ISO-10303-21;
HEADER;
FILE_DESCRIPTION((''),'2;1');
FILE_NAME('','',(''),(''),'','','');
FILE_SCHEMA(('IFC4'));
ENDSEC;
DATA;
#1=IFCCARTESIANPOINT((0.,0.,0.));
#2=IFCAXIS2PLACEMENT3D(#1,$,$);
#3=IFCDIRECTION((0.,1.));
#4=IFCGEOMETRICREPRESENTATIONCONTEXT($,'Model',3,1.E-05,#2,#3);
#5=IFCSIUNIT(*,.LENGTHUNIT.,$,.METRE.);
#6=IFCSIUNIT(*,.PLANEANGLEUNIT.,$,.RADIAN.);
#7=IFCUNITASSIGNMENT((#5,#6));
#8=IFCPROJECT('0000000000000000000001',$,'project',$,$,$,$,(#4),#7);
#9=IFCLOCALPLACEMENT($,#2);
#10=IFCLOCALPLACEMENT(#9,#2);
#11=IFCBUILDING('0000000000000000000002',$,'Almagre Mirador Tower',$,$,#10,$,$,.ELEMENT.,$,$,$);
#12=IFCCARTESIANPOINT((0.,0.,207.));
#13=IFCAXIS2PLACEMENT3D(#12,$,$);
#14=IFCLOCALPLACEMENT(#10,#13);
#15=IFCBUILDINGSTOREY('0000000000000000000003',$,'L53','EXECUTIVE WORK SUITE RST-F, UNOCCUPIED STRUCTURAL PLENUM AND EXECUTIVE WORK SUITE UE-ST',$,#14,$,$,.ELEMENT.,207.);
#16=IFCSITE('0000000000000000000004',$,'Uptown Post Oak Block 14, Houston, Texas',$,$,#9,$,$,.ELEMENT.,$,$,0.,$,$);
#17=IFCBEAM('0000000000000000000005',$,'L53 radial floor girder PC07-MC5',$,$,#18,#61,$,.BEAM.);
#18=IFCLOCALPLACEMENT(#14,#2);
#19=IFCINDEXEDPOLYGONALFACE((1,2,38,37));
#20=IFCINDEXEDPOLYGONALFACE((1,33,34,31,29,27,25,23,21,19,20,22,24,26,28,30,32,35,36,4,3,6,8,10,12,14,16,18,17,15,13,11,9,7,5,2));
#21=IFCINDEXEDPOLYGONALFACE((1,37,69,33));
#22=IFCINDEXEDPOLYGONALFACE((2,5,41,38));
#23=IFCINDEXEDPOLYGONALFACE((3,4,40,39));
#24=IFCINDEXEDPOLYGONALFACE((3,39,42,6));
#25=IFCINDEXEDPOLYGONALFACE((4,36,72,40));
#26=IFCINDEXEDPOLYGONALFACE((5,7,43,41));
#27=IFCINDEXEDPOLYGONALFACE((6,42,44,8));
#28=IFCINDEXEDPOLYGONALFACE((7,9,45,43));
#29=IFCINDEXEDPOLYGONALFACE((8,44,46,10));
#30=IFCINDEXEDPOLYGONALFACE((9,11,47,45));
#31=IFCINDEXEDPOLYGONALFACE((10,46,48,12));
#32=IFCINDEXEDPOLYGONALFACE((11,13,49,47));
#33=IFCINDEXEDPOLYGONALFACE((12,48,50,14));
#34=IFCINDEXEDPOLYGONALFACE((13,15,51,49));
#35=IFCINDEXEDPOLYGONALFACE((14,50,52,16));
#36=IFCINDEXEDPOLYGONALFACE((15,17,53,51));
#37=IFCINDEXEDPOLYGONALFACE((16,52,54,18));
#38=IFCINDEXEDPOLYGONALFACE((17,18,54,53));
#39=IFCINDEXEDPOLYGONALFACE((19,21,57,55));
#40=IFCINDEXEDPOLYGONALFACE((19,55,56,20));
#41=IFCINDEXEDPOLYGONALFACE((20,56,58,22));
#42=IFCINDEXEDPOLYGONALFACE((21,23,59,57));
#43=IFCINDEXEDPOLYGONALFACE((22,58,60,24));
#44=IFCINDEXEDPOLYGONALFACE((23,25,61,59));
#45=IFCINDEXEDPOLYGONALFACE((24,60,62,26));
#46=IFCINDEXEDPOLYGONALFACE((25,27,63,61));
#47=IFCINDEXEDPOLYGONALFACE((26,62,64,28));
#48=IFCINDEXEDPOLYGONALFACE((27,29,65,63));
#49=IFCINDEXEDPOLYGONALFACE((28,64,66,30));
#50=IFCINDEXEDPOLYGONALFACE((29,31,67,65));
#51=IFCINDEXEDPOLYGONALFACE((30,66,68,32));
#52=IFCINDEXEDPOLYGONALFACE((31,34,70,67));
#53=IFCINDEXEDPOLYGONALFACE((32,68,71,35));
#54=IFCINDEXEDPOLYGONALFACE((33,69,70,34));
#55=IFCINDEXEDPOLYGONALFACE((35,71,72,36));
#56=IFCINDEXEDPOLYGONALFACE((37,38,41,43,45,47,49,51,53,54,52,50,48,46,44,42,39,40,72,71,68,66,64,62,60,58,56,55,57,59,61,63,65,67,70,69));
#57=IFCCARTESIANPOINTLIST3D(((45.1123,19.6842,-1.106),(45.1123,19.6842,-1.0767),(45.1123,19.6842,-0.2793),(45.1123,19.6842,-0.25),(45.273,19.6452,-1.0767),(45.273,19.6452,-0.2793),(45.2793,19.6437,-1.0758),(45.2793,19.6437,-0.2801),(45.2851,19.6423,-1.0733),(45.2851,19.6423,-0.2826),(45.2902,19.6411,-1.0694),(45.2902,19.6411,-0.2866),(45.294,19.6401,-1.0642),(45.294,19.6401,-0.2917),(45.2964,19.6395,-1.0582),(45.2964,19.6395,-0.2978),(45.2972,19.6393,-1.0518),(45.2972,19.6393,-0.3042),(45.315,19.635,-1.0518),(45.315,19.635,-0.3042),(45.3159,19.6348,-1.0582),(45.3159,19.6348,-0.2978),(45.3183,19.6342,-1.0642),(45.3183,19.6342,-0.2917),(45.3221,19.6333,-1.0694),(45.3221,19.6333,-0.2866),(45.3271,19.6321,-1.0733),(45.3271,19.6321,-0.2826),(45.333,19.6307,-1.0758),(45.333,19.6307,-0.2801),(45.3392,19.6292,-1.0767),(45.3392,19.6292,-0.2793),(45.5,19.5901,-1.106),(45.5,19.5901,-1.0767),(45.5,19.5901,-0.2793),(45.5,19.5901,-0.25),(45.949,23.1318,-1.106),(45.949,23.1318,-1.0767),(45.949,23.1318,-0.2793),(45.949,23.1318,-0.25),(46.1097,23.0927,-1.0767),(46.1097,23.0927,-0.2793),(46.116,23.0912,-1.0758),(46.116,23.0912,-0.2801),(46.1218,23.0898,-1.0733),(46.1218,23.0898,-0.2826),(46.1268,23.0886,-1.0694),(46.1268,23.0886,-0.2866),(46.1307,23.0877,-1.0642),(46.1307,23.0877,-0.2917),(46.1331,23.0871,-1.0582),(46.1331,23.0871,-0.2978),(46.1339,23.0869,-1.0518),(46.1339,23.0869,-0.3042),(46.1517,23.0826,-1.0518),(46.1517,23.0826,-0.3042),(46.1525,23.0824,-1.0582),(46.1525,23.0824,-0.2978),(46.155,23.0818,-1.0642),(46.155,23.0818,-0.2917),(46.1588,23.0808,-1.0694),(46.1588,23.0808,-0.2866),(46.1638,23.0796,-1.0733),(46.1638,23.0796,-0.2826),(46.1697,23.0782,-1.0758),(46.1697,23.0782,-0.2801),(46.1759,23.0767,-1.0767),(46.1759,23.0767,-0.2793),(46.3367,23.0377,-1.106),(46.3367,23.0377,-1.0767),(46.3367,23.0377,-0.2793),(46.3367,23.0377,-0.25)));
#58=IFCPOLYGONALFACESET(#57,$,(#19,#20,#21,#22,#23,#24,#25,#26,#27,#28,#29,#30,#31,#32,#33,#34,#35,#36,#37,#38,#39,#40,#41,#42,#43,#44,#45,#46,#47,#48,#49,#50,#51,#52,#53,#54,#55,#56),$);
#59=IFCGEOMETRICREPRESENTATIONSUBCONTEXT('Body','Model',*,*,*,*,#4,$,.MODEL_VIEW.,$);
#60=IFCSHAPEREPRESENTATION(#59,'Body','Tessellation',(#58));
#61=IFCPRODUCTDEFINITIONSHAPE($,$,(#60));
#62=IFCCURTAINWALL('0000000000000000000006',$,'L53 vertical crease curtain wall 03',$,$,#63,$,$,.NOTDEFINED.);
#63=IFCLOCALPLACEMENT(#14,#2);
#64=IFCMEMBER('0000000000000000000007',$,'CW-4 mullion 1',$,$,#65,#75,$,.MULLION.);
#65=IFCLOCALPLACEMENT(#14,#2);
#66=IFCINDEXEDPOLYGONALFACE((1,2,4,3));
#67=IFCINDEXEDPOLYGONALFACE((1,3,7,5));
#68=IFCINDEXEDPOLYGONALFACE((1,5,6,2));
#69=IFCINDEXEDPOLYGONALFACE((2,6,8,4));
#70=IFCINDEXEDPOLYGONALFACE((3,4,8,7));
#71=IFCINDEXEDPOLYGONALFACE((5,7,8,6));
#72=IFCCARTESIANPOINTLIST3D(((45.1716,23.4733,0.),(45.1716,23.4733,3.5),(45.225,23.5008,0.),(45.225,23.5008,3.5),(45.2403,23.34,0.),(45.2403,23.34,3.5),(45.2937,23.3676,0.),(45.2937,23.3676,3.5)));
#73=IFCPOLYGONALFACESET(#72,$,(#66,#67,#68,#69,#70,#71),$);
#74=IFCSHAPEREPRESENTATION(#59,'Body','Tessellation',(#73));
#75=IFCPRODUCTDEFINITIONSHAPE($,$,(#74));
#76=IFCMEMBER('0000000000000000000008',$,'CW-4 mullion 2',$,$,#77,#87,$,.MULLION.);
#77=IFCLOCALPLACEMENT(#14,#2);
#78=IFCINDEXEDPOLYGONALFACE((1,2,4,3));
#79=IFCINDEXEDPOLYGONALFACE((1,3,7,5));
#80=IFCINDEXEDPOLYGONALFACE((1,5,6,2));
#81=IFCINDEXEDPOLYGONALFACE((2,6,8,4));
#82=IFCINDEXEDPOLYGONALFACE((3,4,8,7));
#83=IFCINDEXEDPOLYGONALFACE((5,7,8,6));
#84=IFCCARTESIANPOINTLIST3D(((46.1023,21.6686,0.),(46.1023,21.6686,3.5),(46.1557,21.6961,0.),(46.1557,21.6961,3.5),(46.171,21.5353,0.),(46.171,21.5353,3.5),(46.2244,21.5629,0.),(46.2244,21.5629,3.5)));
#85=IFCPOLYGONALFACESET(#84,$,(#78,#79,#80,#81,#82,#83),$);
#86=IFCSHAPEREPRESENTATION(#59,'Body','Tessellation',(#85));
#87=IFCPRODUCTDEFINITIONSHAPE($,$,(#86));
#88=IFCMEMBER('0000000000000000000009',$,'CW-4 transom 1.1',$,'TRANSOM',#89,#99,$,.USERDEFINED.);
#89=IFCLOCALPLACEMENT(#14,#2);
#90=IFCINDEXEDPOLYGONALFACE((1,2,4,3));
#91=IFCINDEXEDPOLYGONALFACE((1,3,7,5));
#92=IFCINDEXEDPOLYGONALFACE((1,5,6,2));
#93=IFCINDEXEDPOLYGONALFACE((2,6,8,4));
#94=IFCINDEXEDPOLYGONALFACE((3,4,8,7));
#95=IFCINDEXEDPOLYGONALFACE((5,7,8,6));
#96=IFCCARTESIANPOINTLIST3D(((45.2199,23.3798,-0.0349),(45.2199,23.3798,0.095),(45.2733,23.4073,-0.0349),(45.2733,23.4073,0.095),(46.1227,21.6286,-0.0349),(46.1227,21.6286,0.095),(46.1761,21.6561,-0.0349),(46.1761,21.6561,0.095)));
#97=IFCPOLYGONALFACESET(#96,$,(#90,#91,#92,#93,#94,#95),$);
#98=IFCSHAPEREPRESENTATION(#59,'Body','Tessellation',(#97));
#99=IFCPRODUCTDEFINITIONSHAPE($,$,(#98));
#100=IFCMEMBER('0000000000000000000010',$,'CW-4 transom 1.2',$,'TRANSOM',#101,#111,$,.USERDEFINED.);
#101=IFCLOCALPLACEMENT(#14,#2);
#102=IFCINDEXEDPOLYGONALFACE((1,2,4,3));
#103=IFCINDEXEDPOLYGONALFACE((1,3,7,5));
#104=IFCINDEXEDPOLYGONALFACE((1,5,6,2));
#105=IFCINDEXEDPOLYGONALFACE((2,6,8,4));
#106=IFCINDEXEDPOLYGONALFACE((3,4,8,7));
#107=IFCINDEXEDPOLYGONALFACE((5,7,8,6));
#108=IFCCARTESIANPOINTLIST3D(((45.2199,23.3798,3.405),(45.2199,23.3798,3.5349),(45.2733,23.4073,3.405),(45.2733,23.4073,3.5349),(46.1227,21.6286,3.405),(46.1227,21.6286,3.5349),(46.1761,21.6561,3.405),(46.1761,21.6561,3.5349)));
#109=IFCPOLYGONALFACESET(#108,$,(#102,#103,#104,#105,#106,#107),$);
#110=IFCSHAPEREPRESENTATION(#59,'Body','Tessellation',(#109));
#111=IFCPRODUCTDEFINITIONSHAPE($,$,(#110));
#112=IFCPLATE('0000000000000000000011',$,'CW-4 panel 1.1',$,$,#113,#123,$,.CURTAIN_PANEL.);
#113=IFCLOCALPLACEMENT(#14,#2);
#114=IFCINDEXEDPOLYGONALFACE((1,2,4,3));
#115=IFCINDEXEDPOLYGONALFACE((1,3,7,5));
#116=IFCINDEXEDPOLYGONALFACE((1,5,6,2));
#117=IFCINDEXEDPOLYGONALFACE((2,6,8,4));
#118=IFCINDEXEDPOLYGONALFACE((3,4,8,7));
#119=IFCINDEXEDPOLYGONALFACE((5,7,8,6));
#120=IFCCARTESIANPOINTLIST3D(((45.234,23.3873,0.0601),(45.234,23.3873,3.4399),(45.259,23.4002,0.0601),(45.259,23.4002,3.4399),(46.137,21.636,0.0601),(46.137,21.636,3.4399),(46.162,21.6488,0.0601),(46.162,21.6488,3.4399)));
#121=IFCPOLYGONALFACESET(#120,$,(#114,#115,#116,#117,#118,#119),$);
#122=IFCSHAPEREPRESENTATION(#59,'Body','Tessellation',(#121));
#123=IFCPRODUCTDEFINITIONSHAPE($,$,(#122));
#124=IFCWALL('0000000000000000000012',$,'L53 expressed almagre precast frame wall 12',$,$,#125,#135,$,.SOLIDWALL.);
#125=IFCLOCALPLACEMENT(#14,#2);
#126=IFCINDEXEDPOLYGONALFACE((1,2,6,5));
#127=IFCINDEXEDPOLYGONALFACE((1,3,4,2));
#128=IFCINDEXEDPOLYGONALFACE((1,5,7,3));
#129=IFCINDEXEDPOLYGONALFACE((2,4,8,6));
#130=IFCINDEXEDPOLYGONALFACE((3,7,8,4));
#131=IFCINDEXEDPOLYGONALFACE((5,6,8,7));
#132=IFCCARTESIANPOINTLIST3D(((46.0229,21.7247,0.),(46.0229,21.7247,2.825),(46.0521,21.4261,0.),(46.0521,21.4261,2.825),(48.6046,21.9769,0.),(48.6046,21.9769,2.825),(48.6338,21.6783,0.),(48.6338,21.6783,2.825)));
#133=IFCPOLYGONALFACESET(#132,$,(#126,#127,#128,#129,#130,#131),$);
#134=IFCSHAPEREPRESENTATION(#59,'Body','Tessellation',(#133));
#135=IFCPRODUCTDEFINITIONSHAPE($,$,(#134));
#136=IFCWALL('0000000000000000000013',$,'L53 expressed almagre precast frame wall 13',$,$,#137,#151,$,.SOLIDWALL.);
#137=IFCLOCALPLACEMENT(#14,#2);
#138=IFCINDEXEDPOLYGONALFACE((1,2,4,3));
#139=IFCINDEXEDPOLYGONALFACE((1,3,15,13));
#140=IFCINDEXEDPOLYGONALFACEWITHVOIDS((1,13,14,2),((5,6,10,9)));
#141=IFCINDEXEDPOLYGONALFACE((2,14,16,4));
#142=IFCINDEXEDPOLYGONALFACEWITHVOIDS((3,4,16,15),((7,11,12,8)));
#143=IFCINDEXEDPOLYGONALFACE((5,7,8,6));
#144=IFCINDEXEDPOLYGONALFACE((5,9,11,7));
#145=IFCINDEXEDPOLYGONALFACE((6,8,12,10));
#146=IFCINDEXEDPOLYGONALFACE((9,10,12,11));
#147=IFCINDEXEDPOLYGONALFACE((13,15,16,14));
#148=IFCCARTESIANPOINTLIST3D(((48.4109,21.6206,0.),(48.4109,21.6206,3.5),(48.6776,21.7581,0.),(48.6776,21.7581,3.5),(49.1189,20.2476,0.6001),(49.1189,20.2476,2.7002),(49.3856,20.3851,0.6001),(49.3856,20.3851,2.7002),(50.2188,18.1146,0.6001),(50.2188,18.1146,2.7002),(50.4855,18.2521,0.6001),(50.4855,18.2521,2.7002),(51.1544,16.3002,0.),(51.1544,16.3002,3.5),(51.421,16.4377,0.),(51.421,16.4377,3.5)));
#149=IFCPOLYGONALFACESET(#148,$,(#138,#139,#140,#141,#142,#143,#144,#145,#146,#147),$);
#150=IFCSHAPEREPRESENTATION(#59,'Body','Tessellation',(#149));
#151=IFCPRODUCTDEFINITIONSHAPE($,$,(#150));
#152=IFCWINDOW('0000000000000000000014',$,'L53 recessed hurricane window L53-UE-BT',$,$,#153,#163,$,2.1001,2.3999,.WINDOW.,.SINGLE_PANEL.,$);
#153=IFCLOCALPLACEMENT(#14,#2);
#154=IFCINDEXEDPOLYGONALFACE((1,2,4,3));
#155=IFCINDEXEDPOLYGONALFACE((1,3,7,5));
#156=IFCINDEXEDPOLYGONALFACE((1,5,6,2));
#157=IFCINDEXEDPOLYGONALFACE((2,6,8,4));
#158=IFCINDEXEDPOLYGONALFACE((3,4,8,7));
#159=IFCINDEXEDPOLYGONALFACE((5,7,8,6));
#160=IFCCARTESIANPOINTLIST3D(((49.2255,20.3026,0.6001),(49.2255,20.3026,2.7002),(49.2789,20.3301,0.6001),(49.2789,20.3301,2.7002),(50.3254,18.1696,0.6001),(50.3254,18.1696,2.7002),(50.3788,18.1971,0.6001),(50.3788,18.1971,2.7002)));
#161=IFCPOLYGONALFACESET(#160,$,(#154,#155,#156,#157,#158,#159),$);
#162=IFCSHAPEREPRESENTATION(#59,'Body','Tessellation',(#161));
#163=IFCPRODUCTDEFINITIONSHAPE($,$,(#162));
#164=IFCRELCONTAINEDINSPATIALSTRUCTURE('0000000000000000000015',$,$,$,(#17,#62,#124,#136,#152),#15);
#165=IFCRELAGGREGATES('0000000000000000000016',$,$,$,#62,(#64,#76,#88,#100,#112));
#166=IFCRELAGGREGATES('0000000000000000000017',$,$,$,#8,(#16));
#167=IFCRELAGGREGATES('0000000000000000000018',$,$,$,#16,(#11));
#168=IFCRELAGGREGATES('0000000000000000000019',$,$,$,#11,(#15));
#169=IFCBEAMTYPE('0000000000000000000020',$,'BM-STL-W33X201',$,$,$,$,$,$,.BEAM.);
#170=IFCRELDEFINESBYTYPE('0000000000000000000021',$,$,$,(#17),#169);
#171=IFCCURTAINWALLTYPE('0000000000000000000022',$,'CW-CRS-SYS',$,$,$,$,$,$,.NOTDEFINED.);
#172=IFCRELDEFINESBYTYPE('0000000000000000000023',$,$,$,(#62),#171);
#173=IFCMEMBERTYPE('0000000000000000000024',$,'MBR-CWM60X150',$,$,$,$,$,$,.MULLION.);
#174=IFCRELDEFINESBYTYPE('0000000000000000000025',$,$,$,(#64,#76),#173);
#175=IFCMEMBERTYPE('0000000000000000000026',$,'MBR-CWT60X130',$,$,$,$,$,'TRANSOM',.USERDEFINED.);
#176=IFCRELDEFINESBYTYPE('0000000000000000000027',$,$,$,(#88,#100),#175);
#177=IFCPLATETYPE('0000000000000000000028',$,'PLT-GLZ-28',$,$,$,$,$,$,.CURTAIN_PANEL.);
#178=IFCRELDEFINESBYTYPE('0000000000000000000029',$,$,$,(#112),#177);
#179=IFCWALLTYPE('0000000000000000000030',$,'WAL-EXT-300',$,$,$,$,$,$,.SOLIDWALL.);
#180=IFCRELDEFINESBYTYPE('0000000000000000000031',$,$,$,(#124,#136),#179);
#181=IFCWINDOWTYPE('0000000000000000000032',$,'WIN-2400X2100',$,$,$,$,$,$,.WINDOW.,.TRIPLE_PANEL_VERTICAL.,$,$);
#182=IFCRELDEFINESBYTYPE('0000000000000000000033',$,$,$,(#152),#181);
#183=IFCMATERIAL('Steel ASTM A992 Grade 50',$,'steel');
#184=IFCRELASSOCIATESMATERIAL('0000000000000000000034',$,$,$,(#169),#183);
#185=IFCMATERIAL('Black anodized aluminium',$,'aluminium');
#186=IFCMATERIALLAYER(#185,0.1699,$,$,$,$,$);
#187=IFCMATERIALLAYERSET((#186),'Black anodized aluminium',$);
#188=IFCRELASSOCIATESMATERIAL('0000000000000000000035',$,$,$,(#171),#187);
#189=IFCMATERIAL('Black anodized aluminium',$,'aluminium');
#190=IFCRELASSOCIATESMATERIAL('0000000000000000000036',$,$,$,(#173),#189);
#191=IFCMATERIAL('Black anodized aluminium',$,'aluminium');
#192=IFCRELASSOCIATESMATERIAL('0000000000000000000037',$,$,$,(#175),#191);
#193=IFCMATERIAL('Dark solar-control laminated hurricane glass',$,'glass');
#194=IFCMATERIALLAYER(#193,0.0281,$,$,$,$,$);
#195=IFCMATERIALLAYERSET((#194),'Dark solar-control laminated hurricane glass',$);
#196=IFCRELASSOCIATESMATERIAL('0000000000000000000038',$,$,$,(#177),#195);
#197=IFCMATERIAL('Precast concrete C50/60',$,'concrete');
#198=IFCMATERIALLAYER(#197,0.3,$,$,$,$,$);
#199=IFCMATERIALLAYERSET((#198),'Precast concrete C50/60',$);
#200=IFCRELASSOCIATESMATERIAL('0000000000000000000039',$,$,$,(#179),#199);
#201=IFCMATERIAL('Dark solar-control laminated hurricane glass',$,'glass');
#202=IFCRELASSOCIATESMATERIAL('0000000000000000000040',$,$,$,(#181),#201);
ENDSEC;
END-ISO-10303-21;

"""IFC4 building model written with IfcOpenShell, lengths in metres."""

from ifc_helpers import new_model, si_unit, direction, frame, frame_2d, origin, origin_2d, place, context, subcontext, project, spatial, rectangle, i_section, extrude, material, layer, layer_set, material_profile, profile_set, type_object, element, fill, aggregate, save


model = new_model("IFC4")

# Units and contexts
model_context = context("Model", 3, precision=1e-05, world=origin(), true_north=direction((0.0, 1.0)))
body_context = subcontext(model_context, "Body", "Model", "MODEL_VIEW")
ifc_project = project(units=[si_unit("LENGTHUNIT", "METRE"), si_unit("PLANEANGLEUNIT", "RADIAN")], contexts=[model_context])

# Site, building, storey
site_placement = place(None, origin())
site = spatial("IfcSite", under=ifc_project, at=site_placement, Name="Uptown Post Oak Block 14, Houston, Texas", CompositionType="ELEMENT", RefElevation=0.0)
building_placement = place(site_placement, origin())
building = spatial("IfcBuilding", under=site, at=building_placement, Name="Almagre Mirador Tower", CompositionType="ELEMENT")
storey_placement = place(building_placement, frame((0.0, 0.0, 207.0)))
storey = spatial("IfcBuildingStorey", under=building, at=storey_placement, Name="L53", Description="EXECUTIVE WORK SUITE RST-F, UNOCCUPIED STRUCTURAL PLENUM AND EXECUTIVE WORK SUITE UE-ST", CompositionType="ELEMENT", Elevation=207.0)

# Beam
ifc_material_1 = material(Name="Steel ASTM A992 Grade 50", Category="steel")
ifc_material_profile_1 = material_profile(ifc_material_1, i_section(OverallWidth=0.3989, OverallDepth=0.856, WebThickness=0.0183, FlangeThickness=0.0293, FilletRadius=0.0249, at=origin_2d()), Name="W33X201")
ifc_profile_set_1 = profile_set([ifc_material_profile_1], Name="Steel ASTM A992 Grade 50")
beam_type_1 = type_object("IfcBeamType", Name="BM-STL-W33X201", PredefinedType="BEAM", material=ifc_profile_set_1)
beam_1_placement = place(storey_placement, frame((46.1428, 23.0847, -0.678), z_axis=(-0.235842, -0.971791, 0.0), x_axis=(0.971791, -0.235842, 0.0)))
element("IfcBeam", 1, at=beam_1_placement, inside=storey, type_object=beam_type_1, Name="L53 radial floor girder PC07-MC5", PredefinedType="BEAM", context=body_context, shape_type="SweptSolid", body=[
    extrude(i_section(OverallWidth=0.3989, OverallDepth=0.856, WebThickness=0.0183, FlangeThickness=0.0293, FilletRadius=0.0249, at=origin_2d()), origin(), (0.0, 0.0, 1.0), 3.5476),
])

# Curtain wall, members, plate
ifc_material_2 = material(Name="Black anodized aluminium", Category="aluminium")
ifc_layer_1 = layer(ifc_material_2, 0.1699)
ifc_layer_set_1 = layer_set([ifc_layer_1], Name="Black anodized aluminium")
curtain_wall_type = type_object("IfcCurtainWallType", Name="CW-CRS-SYS", PredefinedType="NOTDEFINED", material=ifc_layer_set_1)
curtain_wall_placement = place(storey_placement, origin())
curtain_wall = element("IfcCurtainWall", 2, at=curtain_wall_placement, inside=storey, type_object=curtain_wall_type, Name="L53 vertical crease curtain wall 03", PredefinedType="NOTDEFINED")
ifc_material_3 = material(Name="Black anodized aluminium", Category="aluminium")
ifc_material_profile_2 = material_profile(ifc_material_3, rectangle(XDim=0.0601, YDim=0.1499, at=origin_2d()), Name="CWM60X150")
ifc_profile_set_2 = profile_set([ifc_material_profile_2], Name="Black anodized aluminium")
member_type_1 = type_object("IfcMemberType", Name="MBR-CWM60X150", PredefinedType="MULLION", material=ifc_profile_set_2)
member_1_placement = place(storey_placement, frame((45.2327, 23.4204, 0.0), z_axis=(0.0, 0.0, 1.0), x_axis=(0.888809, 0.458277, 0.0)))
member_1 = element("IfcMember", 3, at=member_1_placement, type_object=member_type_1, Name="CW-4 mullion 1", PredefinedType="MULLION", context=body_context, shape_type="SweptSolid", body=[
    extrude(rectangle(XDim=0.0601, YDim=0.1499, at=origin_2d()), origin(), (0.0, 0.0, 1.0), 3.5),
])
member_2_placement = place(storey_placement, frame((46.1633, 21.6157, 0.0), z_axis=(0.0, 0.0, 1.0), x_axis=(0.888809, 0.458277, 0.0)))
member_2 = element("IfcMember", 4, at=member_2_placement, type_object=member_type_1, Name="CW-4 mullion 2", PredefinedType="MULLION", context=body_context, shape_type="SweptSolid", body=[
    extrude(rectangle(XDim=0.0601, YDim=0.1499, at=origin_2d()), origin(), (0.0, 0.0, 1.0), 3.5),
])
ifc_material_4 = material(Name="Black anodized aluminium", Category="aluminium")
ifc_material_profile_3 = material_profile(ifc_material_4, rectangle(XDim=0.0601, YDim=0.1299, at=origin_2d()), Name="CWT60X130")
ifc_profile_set_3 = profile_set([ifc_material_profile_3], Name="Black anodized aluminium")
member_type_2 = type_object("IfcMemberType", Name="MBR-CWT60X130", ElementType="TRANSOM", PredefinedType="USERDEFINED", material=ifc_profile_set_3)
member_3_placement = place(storey_placement, frame((45.2466, 23.3936, 0.03), z_axis=(0.458233, -0.888832, 0.0), x_axis=(0.888832, 0.458233, 0.0)))
member_3 = element("IfcMember", 5, at=member_3_placement, type_object=member_type_2, Name="CW-4 transom 1.1", ObjectType="TRANSOM", PredefinedType="USERDEFINED", context=body_context, shape_type="SweptSolid", body=[
    extrude(rectangle(XDim=0.0601, YDim=0.1299, at=origin_2d()), origin(), (0.0, 0.0, 1.0), 1.9702),
])
member_4_placement = place(storey_placement, frame((45.2466, 23.3936, 3.47), z_axis=(0.458233, -0.888832, 0.0), x_axis=(0.888832, 0.458233, 0.0)))
member_4 = element("IfcMember", 6, at=member_4_placement, type_object=member_type_2, Name="CW-4 transom 1.2", ObjectType="TRANSOM", PredefinedType="USERDEFINED", context=body_context, shape_type="SweptSolid", body=[
    extrude(rectangle(XDim=0.0601, YDim=0.1299, at=origin_2d()), origin(), (0.0, 0.0, 1.0), 1.9702),
])
ifc_material_5 = material(Name="Dark solar-control laminated hurricane glass", Category="glass")
ifc_layer_2 = layer(ifc_material_5, 0.0281)
ifc_layer_set_2 = layer_set([ifc_layer_2], Name="Dark solar-control laminated hurricane glass")
plate_type = type_object("IfcPlateType", Name="PLT-GLZ-28", PredefinedType="CURTAIN_PANEL", material=ifc_layer_set_2)
plate_placement = place(storey_placement, frame((45.698, 22.5181, 0.0601), z_axis=(0.0, 0.0, 1.0), x_axis=(0.458277, -0.888809, 0.0)))
plate = element("IfcPlate", 7, at=plate_placement, type_object=plate_type, Name="CW-4 panel 1.1", PredefinedType="CURTAIN_PANEL", context=body_context, shape_type="SweptSolid", body=[
    extrude(rectangle(XDim=1.9705, YDim=0.0281, at=origin_2d()), origin(), (0.0, 0.0, 1.0), 3.3799),
])
aggregate(curtain_wall, [member_1, member_2, member_3, member_4, plate])

# Wall
ifc_material_6 = material(Name="Precast concrete C50/60", Category="concrete")
ifc_layer_3 = layer(ifc_material_6, 0.3)
ifc_layer_set_3 = layer_set([ifc_layer_3], Name="Precast concrete C50/60")
wall_type_1 = type_object("IfcWallType", Name="WAL-EXT-300", PredefinedType="SOLIDWALL", material=ifc_layer_set_3)
wall_1_placement = place(storey_placement, frame((46.0376, 21.5754, 0.0), z_axis=(0.0, 0.0, 1.0), x_axis=(0.995263, 0.09722, 0.0)))
element("IfcWall", 8, at=wall_1_placement, inside=storey, type_object=wall_type_1, Name="L53 expressed almagre precast frame wall 12", PredefinedType="SOLIDWALL", context=body_context, shape_type="SweptSolid", body=[
    extrude(rectangle(XDim=2.594, YDim=0.3, at=frame_2d((1.2969, 0.0))), origin(), (0.0, 0.0, 1.0), 2.825),
])

# Wall, opening, window
wall_2_placement = place(storey_placement, frame((48.5442, 21.6895, 0.0), z_axis=(0.0, 0.0, 1.0), x_axis=(0.458305, -0.888795, 0.0)))
wall_2 = element("IfcWall", 9, at=wall_2_placement, inside=storey, type_object=wall_type_1, Name="L53 expressed almagre precast frame wall 13", PredefinedType="SOLIDWALL", context=body_context, shape_type="SweptSolid", body=[
    extrude(rectangle(XDim=5.9861, YDim=0.3, at=frame_2d((2.9932, 0.0))), origin(), (0.0, 0.0, 1.0), 3.5),
])
opening_1_placement = place(wall_2_placement, frame((1.5449, 0.0, 0.6001)))
opening_1 = element("IfcOpeningElement", 10, at=opening_1_placement, cuts=wall_2, PredefinedType="OPENING", context=body_context, shape_type="SweptSolid", body=[
    extrude(rectangle(XDim=2.3999, YDim=2.1001, at=frame_2d((1.2, 1.05))), frame((0.0, 0.1599, 0.0), z_axis=(0.0, -1.0, 0.0), x_axis=(1.0, 0.0, 0.0)), (0.0, 0.0, 1.0), 0.32),
])
ifc_material_7 = material(Name="Dark solar-control laminated hurricane glass", Category="glass")
window_type_1 = type_object("IfcWindowType", Name="WIN-2400X2100", PartitioningType="TRIPLE_PANEL_VERTICAL", PredefinedType="WINDOW", material=ifc_material_7)
window_1_placement = place(opening_1_placement, origin())
window_1 = element("IfcWindow", 11, at=window_1_placement, inside=storey, type_object=window_type_1, Name="L53 recessed hurricane window L53-UE-BT", OverallHeight=2.1001, OverallWidth=2.3999, PartitioningType="SINGLE_PANEL", PredefinedType="WINDOW", context=body_context, shape_type="SweptSolid", body=[
    extrude(rectangle(XDim=2.3999, YDim=2.1001, at=frame_2d((1.2, 1.05))), frame((0.0, 0.03, 0.0), z_axis=(0.0, -1.0, 0.0), x_axis=(1.0, 0.0, 0.0)), (0.0, 0.0, 1.0), 0.0601),
])
fill(opening_1, window_1)

save(model, "model.ifc")
